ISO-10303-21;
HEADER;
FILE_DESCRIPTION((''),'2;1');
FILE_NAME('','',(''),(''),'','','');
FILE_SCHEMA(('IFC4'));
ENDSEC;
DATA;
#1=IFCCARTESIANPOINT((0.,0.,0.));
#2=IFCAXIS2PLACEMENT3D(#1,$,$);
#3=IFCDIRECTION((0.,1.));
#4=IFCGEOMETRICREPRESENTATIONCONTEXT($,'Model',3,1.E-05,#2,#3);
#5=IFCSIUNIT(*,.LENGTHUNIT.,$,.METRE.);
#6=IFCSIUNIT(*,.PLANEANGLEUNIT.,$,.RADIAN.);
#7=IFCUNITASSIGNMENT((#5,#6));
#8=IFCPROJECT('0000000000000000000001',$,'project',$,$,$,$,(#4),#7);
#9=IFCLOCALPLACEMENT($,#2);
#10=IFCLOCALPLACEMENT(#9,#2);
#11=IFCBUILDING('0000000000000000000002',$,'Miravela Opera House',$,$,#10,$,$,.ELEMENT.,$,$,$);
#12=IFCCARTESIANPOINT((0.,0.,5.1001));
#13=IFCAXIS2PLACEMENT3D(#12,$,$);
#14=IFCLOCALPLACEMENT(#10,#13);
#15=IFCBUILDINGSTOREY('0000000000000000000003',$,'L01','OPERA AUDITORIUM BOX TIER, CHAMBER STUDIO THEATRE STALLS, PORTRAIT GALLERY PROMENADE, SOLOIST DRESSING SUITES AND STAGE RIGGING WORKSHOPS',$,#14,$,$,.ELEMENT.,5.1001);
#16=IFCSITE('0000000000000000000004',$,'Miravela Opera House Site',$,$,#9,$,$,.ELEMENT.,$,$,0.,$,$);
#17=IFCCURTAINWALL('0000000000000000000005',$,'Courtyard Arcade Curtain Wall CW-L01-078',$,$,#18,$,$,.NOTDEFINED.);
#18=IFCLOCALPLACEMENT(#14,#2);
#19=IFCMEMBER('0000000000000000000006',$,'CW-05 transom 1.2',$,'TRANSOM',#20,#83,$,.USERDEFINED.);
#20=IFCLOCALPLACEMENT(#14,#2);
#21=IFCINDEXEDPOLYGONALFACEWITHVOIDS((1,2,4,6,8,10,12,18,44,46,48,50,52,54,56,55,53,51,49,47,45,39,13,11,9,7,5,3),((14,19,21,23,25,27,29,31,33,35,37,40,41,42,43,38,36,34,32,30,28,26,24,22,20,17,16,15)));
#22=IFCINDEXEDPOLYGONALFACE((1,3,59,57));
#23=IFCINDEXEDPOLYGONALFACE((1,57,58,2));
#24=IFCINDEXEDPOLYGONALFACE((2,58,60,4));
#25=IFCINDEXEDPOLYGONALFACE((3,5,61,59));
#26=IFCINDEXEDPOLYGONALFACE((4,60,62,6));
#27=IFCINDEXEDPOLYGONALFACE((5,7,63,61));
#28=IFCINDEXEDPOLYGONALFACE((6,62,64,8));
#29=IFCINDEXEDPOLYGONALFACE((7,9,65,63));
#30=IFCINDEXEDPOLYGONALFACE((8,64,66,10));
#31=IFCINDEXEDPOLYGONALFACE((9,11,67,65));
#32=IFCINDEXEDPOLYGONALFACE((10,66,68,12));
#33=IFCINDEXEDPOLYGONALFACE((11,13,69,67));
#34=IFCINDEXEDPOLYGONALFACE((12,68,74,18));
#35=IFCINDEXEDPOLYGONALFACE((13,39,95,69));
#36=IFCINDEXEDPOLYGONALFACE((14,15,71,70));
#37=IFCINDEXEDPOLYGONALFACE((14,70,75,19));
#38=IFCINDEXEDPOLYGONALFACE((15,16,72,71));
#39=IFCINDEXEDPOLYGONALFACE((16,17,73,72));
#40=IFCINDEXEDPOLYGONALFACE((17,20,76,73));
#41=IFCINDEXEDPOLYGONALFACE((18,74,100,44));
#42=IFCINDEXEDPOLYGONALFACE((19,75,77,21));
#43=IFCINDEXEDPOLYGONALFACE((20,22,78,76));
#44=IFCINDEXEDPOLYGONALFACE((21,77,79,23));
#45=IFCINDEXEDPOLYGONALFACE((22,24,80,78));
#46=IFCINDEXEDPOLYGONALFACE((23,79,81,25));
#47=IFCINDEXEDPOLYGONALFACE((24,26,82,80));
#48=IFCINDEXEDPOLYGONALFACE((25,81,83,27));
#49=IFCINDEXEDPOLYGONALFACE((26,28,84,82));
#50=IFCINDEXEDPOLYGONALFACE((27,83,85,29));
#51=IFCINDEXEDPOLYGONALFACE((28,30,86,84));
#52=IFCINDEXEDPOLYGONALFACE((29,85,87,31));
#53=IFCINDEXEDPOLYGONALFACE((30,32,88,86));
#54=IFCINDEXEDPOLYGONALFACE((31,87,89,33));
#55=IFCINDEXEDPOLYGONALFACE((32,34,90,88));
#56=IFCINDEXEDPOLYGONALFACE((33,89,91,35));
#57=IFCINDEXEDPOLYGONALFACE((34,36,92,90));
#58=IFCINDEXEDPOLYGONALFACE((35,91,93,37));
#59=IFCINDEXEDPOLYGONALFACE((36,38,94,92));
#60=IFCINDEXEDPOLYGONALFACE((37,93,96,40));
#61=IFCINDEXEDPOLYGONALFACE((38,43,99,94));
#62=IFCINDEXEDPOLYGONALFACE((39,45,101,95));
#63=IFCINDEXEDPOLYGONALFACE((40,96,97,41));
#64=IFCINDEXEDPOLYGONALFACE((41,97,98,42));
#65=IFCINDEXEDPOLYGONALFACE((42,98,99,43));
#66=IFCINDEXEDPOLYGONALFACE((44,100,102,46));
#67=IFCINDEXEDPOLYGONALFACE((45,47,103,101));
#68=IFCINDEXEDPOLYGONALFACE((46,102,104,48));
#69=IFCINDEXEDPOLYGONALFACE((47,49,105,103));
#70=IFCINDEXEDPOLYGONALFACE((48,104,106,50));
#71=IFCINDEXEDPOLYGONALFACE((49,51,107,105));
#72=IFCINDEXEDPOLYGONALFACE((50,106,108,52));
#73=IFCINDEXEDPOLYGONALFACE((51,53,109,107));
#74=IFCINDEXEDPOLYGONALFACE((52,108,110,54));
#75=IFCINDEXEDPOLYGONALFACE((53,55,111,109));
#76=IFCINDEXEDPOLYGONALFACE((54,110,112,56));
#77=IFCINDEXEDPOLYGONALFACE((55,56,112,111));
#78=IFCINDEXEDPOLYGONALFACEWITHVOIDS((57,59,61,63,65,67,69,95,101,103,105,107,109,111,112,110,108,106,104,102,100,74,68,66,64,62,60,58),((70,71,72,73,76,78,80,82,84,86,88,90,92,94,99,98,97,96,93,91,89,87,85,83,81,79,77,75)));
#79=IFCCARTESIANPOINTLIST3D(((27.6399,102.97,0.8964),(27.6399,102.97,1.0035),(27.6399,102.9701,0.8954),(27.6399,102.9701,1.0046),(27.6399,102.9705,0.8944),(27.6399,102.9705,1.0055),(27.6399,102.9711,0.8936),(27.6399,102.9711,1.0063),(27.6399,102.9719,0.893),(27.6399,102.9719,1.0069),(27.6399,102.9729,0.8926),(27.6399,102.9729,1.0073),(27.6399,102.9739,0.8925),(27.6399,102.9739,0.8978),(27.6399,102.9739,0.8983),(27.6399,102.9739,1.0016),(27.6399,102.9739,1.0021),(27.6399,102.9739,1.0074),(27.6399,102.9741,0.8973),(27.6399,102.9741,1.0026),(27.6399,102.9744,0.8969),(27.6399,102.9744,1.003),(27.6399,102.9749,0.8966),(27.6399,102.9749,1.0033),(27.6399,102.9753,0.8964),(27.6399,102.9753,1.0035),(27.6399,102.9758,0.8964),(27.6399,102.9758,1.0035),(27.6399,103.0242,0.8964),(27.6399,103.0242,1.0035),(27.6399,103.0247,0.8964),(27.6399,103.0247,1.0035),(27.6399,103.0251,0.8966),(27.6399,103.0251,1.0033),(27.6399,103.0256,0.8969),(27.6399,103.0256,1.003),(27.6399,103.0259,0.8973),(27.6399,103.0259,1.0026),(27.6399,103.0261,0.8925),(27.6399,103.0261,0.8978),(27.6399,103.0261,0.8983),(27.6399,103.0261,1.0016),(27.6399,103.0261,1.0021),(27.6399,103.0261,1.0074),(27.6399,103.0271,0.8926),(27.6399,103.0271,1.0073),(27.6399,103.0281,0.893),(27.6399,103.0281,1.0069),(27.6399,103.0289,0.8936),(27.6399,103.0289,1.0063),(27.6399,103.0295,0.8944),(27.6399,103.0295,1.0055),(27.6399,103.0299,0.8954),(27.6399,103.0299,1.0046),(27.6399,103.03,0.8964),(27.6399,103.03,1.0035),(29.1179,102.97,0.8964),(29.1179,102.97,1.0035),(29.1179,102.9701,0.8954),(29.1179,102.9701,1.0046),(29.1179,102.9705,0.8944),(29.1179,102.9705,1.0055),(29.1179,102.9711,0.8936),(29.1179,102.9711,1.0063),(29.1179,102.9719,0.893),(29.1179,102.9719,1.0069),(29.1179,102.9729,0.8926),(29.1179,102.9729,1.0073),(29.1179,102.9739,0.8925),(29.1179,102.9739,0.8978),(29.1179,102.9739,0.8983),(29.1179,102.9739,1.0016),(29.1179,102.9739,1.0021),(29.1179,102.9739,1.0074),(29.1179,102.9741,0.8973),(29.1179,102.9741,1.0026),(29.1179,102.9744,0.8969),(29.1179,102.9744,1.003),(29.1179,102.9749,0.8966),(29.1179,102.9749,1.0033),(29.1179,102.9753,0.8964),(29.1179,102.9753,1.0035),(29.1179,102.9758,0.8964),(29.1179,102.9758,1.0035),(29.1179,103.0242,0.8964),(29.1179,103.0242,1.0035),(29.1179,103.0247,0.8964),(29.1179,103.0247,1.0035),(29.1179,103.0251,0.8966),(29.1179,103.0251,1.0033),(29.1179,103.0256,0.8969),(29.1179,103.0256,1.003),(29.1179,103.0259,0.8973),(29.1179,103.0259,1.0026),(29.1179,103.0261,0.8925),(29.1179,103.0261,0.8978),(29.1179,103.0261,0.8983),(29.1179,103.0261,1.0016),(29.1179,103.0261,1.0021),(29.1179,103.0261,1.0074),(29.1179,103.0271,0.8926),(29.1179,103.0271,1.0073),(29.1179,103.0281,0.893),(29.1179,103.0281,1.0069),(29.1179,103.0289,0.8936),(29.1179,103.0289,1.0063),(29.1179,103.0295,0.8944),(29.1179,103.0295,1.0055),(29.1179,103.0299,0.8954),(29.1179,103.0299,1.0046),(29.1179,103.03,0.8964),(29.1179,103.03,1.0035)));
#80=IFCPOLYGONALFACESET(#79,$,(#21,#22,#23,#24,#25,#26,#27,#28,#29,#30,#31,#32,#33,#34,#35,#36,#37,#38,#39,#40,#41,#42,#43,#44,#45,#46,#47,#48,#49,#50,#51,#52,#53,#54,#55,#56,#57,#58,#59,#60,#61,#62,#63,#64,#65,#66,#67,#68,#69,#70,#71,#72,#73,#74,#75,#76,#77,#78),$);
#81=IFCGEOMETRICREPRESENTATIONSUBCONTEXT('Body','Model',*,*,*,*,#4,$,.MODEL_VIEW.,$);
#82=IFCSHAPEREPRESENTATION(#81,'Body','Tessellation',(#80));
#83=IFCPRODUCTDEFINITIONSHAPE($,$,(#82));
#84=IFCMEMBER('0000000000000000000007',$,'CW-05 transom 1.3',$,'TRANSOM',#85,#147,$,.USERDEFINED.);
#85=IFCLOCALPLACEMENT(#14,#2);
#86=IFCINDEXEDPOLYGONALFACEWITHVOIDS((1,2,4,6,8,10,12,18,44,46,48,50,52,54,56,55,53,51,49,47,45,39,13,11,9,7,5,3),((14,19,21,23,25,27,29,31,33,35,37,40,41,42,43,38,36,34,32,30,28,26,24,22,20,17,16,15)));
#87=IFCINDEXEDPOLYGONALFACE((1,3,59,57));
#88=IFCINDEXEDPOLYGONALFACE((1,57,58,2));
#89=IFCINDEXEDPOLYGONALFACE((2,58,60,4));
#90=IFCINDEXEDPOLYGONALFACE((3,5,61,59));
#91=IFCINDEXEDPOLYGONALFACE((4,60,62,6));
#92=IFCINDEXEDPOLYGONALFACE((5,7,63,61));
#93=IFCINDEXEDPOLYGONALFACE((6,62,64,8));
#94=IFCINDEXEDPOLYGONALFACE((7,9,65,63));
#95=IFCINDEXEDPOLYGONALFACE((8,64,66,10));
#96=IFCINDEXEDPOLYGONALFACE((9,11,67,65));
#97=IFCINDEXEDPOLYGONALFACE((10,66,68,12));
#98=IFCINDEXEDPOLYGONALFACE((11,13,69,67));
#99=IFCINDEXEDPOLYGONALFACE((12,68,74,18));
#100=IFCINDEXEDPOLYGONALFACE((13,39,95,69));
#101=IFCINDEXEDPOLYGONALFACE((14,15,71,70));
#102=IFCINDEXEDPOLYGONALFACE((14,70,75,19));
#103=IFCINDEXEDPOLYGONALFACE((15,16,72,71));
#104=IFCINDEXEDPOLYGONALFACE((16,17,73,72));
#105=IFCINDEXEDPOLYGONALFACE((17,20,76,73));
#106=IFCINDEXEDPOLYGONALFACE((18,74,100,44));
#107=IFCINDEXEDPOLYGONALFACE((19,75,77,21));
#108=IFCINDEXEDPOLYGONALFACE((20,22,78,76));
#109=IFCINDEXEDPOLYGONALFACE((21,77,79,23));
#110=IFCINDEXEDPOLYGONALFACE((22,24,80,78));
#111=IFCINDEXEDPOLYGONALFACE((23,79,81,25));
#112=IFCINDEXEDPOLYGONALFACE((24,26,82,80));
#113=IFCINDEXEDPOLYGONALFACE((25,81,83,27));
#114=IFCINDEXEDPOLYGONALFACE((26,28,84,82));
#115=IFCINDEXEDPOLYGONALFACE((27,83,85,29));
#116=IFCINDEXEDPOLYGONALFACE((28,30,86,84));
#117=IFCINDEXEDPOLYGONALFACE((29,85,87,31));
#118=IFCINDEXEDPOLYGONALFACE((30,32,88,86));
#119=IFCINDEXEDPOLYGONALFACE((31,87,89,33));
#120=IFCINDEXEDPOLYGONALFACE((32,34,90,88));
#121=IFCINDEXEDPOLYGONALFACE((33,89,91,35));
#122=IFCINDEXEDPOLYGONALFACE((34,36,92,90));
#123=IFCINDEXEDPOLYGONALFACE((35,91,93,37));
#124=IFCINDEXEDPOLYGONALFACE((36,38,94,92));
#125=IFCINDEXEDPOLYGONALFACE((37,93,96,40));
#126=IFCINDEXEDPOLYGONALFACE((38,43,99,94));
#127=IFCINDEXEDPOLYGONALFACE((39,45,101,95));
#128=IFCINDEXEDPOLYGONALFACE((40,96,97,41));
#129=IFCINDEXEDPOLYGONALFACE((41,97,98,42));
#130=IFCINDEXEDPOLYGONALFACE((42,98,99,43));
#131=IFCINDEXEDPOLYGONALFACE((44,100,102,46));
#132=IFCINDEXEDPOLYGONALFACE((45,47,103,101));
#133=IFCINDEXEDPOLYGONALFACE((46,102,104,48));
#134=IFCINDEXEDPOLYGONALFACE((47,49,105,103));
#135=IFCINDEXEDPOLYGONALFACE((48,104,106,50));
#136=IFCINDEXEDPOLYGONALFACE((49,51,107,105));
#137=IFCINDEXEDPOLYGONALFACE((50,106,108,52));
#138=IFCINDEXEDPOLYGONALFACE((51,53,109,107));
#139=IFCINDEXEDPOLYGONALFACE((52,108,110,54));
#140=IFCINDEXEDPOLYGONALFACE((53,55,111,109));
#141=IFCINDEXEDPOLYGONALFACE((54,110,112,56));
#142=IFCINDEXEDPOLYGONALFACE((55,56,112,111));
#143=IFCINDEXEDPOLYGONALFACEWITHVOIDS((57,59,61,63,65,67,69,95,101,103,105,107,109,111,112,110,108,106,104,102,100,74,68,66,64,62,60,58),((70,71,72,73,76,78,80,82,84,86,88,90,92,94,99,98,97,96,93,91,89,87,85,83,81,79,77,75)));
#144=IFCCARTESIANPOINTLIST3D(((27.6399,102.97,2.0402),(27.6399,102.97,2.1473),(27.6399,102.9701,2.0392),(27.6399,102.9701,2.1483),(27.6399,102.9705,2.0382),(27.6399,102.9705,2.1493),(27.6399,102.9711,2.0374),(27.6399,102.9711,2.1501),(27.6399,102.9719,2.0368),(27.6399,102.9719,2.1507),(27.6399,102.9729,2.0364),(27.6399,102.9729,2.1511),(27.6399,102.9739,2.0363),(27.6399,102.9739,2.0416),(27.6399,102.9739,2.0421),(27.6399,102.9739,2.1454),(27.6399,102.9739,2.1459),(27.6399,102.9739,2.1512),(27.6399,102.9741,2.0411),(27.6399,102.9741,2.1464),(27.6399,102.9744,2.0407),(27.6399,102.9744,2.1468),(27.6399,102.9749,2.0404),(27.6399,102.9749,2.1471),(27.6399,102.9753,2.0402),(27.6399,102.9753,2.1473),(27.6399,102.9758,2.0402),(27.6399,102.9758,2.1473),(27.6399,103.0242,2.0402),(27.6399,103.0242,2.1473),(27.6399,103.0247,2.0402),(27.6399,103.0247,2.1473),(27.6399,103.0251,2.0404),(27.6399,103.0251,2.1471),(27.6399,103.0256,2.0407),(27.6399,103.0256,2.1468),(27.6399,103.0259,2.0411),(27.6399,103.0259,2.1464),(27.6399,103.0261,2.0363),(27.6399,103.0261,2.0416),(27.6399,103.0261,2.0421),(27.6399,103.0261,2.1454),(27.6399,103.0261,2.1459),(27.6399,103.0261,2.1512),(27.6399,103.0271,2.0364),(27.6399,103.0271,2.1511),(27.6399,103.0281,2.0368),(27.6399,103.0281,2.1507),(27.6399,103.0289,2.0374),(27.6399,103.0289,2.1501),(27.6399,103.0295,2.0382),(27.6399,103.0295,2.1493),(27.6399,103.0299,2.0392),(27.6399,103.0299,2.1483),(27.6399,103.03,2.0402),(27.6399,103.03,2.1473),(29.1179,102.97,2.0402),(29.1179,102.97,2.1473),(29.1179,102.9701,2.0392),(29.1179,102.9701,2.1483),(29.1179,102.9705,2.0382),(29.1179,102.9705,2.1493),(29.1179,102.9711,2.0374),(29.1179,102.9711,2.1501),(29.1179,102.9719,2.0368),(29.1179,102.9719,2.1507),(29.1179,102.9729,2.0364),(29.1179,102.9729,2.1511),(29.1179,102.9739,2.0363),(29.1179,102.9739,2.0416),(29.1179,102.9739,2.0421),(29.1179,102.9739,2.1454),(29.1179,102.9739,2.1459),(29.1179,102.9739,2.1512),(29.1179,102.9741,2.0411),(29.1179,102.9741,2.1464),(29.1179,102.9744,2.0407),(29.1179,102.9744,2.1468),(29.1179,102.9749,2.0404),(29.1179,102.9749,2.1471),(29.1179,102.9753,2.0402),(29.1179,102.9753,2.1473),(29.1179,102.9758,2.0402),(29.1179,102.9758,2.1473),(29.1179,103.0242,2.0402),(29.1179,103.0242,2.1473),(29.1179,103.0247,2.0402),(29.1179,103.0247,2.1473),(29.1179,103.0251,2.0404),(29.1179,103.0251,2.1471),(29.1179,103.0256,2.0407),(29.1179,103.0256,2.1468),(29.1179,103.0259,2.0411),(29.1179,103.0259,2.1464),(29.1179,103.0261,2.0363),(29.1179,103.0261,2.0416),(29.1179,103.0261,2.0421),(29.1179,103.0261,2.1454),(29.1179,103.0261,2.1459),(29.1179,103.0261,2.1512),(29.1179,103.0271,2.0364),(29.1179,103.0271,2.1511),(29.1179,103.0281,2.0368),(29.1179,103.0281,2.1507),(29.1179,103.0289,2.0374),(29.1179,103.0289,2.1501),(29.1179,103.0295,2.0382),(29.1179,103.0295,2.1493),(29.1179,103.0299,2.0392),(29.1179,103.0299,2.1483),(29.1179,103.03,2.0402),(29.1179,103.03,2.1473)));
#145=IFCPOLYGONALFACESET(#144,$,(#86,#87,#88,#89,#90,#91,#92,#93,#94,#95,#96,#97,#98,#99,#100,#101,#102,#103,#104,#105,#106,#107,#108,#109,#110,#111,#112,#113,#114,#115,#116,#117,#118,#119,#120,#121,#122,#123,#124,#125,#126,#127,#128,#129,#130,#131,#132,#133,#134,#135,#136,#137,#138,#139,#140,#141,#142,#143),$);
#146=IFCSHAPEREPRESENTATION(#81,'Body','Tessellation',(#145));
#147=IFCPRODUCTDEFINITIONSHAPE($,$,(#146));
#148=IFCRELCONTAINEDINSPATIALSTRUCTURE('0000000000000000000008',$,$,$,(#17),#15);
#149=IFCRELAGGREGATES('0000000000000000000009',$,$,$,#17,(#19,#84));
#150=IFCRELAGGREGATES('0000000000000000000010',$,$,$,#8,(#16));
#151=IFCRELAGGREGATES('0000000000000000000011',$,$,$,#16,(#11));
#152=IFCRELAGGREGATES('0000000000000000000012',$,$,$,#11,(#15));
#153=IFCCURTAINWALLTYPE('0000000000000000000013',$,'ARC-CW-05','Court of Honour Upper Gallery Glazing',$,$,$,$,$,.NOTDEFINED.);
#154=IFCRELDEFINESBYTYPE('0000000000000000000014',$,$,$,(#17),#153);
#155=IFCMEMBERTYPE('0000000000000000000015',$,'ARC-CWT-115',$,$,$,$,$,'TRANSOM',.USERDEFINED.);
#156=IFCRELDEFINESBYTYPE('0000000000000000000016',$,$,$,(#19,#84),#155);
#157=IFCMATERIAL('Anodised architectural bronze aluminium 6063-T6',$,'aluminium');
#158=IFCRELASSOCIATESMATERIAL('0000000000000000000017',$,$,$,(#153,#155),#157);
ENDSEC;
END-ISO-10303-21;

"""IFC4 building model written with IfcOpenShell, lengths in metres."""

from ifc_helpers import new_model, si_unit, direction, frame, origin, origin_2d, place, context, subcontext, project, spatial, hollow_rectangle, extrude, material, material_profile, profile_set, type_object, element, aggregate, save


model = new_model("IFC4")

# Units and contexts
model_context = context("Model", 3, precision=1e-05, world=origin(), true_north=direction((0.0, 1.0)))
body_context = subcontext(model_context, "Body", "Model", "MODEL_VIEW")
ifc_project = project(units=[si_unit("LENGTHUNIT", "METRE"), si_unit("PLANEANGLEUNIT", "RADIAN")], contexts=[model_context])

# Site, building, storey
site_placement = place(None, origin())
site = spatial("IfcSite", under=ifc_project, at=site_placement, Name="Miravela Opera House Site", CompositionType="ELEMENT", RefElevation=0.0)
building_placement = place(site_placement, origin())
building = spatial("IfcBuilding", under=site, at=building_placement, Name="Miravela Opera House", CompositionType="ELEMENT")
storey_placement = place(building_placement, frame((0.0, 0.0, 5.1001)))
storey = spatial("IfcBuildingStorey", under=building, at=storey_placement, Name="L01", Description="OPERA AUDITORIUM BOX TIER, CHAMBER STUDIO THEATRE STALLS, PORTRAIT GALLERY PROMENADE, SOLOIST DRESSING SUITES AND STAGE RIGGING WORKSHOPS", CompositionType="ELEMENT", Elevation=5.1001)

# Curtain wall
ifc_material_1 = material(Name="Anodised architectural bronze aluminium 6063-T6", Category="aluminium")
curtain_wall_type = type_object("IfcCurtainWallType", Name="ARC-CW-05", Description="Court of Honour Upper Gallery Glazing", PredefinedType="NOTDEFINED", material=ifc_material_1)
curtain_wall_1_placement = place(storey_placement, origin())
curtain_wall_1 = element("IfcCurtainWall", 1, at=curtain_wall_1_placement, inside=storey, type_object=curtain_wall_type, Name="Courtyard Arcade Curtain Wall CW-L01-078", PredefinedType="NOTDEFINED")

# Members
ifc_material_profile_1 = material_profile(ifc_material_1, hollow_rectangle(XDim=0.0601, YDim=0.115, WallThickness=0.0039, InnerFilletRadius=0.002, OuterFilletRadius=0.0039, at=origin_2d()), Name="CWT-60X115")
ifc_profile_set_1 = profile_set([ifc_material_profile_1])
member_type_1 = type_object("IfcMemberType", Name="ARC-CWT-115", ElementType="TRANSOM", PredefinedType="USERDEFINED", material=ifc_profile_set_1)
member_1_placement = place(storey_placement, frame((27.6399, 103.0, 0.95), z_axis=(1.0, 0.0, 0.0), x_axis=(0.0, 1.0, 0.0)))
member_1 = element("IfcMember", 2, at=member_1_placement, type_object=member_type_1, Name="CW-05 transom 1.2", ObjectType="TRANSOM", PredefinedType="USERDEFINED", context=body_context, shape_type="SweptSolid", body=[
    extrude(hollow_rectangle(XDim=0.0601, YDim=0.115, WallThickness=0.0039, InnerFilletRadius=0.002, OuterFilletRadius=0.0039, at=origin_2d()), origin(), (0.0, 0.0, 1.0), 1.478),
])
member_2_placement = place(storey_placement, frame((27.6399, 103.0, 2.0938), z_axis=(1.0, 0.0, 0.0), x_axis=(0.0, 1.0, 0.0)))
member_2 = element("IfcMember", 3, at=member_2_placement, type_object=member_type_1, Name="CW-05 transom 1.3", ObjectType="TRANSOM", PredefinedType="USERDEFINED", context=body_context, shape_type="SweptSolid", body=[
    extrude(hollow_rectangle(XDim=0.0601, YDim=0.115, WallThickness=0.0039, InnerFilletRadius=0.002, OuterFilletRadius=0.0039, at=origin_2d()), origin(), (0.0, 0.0, 1.0), 1.478),
])

aggregate(curtain_wall_1, [member_1, member_2])

save(model, "model.ifc")
